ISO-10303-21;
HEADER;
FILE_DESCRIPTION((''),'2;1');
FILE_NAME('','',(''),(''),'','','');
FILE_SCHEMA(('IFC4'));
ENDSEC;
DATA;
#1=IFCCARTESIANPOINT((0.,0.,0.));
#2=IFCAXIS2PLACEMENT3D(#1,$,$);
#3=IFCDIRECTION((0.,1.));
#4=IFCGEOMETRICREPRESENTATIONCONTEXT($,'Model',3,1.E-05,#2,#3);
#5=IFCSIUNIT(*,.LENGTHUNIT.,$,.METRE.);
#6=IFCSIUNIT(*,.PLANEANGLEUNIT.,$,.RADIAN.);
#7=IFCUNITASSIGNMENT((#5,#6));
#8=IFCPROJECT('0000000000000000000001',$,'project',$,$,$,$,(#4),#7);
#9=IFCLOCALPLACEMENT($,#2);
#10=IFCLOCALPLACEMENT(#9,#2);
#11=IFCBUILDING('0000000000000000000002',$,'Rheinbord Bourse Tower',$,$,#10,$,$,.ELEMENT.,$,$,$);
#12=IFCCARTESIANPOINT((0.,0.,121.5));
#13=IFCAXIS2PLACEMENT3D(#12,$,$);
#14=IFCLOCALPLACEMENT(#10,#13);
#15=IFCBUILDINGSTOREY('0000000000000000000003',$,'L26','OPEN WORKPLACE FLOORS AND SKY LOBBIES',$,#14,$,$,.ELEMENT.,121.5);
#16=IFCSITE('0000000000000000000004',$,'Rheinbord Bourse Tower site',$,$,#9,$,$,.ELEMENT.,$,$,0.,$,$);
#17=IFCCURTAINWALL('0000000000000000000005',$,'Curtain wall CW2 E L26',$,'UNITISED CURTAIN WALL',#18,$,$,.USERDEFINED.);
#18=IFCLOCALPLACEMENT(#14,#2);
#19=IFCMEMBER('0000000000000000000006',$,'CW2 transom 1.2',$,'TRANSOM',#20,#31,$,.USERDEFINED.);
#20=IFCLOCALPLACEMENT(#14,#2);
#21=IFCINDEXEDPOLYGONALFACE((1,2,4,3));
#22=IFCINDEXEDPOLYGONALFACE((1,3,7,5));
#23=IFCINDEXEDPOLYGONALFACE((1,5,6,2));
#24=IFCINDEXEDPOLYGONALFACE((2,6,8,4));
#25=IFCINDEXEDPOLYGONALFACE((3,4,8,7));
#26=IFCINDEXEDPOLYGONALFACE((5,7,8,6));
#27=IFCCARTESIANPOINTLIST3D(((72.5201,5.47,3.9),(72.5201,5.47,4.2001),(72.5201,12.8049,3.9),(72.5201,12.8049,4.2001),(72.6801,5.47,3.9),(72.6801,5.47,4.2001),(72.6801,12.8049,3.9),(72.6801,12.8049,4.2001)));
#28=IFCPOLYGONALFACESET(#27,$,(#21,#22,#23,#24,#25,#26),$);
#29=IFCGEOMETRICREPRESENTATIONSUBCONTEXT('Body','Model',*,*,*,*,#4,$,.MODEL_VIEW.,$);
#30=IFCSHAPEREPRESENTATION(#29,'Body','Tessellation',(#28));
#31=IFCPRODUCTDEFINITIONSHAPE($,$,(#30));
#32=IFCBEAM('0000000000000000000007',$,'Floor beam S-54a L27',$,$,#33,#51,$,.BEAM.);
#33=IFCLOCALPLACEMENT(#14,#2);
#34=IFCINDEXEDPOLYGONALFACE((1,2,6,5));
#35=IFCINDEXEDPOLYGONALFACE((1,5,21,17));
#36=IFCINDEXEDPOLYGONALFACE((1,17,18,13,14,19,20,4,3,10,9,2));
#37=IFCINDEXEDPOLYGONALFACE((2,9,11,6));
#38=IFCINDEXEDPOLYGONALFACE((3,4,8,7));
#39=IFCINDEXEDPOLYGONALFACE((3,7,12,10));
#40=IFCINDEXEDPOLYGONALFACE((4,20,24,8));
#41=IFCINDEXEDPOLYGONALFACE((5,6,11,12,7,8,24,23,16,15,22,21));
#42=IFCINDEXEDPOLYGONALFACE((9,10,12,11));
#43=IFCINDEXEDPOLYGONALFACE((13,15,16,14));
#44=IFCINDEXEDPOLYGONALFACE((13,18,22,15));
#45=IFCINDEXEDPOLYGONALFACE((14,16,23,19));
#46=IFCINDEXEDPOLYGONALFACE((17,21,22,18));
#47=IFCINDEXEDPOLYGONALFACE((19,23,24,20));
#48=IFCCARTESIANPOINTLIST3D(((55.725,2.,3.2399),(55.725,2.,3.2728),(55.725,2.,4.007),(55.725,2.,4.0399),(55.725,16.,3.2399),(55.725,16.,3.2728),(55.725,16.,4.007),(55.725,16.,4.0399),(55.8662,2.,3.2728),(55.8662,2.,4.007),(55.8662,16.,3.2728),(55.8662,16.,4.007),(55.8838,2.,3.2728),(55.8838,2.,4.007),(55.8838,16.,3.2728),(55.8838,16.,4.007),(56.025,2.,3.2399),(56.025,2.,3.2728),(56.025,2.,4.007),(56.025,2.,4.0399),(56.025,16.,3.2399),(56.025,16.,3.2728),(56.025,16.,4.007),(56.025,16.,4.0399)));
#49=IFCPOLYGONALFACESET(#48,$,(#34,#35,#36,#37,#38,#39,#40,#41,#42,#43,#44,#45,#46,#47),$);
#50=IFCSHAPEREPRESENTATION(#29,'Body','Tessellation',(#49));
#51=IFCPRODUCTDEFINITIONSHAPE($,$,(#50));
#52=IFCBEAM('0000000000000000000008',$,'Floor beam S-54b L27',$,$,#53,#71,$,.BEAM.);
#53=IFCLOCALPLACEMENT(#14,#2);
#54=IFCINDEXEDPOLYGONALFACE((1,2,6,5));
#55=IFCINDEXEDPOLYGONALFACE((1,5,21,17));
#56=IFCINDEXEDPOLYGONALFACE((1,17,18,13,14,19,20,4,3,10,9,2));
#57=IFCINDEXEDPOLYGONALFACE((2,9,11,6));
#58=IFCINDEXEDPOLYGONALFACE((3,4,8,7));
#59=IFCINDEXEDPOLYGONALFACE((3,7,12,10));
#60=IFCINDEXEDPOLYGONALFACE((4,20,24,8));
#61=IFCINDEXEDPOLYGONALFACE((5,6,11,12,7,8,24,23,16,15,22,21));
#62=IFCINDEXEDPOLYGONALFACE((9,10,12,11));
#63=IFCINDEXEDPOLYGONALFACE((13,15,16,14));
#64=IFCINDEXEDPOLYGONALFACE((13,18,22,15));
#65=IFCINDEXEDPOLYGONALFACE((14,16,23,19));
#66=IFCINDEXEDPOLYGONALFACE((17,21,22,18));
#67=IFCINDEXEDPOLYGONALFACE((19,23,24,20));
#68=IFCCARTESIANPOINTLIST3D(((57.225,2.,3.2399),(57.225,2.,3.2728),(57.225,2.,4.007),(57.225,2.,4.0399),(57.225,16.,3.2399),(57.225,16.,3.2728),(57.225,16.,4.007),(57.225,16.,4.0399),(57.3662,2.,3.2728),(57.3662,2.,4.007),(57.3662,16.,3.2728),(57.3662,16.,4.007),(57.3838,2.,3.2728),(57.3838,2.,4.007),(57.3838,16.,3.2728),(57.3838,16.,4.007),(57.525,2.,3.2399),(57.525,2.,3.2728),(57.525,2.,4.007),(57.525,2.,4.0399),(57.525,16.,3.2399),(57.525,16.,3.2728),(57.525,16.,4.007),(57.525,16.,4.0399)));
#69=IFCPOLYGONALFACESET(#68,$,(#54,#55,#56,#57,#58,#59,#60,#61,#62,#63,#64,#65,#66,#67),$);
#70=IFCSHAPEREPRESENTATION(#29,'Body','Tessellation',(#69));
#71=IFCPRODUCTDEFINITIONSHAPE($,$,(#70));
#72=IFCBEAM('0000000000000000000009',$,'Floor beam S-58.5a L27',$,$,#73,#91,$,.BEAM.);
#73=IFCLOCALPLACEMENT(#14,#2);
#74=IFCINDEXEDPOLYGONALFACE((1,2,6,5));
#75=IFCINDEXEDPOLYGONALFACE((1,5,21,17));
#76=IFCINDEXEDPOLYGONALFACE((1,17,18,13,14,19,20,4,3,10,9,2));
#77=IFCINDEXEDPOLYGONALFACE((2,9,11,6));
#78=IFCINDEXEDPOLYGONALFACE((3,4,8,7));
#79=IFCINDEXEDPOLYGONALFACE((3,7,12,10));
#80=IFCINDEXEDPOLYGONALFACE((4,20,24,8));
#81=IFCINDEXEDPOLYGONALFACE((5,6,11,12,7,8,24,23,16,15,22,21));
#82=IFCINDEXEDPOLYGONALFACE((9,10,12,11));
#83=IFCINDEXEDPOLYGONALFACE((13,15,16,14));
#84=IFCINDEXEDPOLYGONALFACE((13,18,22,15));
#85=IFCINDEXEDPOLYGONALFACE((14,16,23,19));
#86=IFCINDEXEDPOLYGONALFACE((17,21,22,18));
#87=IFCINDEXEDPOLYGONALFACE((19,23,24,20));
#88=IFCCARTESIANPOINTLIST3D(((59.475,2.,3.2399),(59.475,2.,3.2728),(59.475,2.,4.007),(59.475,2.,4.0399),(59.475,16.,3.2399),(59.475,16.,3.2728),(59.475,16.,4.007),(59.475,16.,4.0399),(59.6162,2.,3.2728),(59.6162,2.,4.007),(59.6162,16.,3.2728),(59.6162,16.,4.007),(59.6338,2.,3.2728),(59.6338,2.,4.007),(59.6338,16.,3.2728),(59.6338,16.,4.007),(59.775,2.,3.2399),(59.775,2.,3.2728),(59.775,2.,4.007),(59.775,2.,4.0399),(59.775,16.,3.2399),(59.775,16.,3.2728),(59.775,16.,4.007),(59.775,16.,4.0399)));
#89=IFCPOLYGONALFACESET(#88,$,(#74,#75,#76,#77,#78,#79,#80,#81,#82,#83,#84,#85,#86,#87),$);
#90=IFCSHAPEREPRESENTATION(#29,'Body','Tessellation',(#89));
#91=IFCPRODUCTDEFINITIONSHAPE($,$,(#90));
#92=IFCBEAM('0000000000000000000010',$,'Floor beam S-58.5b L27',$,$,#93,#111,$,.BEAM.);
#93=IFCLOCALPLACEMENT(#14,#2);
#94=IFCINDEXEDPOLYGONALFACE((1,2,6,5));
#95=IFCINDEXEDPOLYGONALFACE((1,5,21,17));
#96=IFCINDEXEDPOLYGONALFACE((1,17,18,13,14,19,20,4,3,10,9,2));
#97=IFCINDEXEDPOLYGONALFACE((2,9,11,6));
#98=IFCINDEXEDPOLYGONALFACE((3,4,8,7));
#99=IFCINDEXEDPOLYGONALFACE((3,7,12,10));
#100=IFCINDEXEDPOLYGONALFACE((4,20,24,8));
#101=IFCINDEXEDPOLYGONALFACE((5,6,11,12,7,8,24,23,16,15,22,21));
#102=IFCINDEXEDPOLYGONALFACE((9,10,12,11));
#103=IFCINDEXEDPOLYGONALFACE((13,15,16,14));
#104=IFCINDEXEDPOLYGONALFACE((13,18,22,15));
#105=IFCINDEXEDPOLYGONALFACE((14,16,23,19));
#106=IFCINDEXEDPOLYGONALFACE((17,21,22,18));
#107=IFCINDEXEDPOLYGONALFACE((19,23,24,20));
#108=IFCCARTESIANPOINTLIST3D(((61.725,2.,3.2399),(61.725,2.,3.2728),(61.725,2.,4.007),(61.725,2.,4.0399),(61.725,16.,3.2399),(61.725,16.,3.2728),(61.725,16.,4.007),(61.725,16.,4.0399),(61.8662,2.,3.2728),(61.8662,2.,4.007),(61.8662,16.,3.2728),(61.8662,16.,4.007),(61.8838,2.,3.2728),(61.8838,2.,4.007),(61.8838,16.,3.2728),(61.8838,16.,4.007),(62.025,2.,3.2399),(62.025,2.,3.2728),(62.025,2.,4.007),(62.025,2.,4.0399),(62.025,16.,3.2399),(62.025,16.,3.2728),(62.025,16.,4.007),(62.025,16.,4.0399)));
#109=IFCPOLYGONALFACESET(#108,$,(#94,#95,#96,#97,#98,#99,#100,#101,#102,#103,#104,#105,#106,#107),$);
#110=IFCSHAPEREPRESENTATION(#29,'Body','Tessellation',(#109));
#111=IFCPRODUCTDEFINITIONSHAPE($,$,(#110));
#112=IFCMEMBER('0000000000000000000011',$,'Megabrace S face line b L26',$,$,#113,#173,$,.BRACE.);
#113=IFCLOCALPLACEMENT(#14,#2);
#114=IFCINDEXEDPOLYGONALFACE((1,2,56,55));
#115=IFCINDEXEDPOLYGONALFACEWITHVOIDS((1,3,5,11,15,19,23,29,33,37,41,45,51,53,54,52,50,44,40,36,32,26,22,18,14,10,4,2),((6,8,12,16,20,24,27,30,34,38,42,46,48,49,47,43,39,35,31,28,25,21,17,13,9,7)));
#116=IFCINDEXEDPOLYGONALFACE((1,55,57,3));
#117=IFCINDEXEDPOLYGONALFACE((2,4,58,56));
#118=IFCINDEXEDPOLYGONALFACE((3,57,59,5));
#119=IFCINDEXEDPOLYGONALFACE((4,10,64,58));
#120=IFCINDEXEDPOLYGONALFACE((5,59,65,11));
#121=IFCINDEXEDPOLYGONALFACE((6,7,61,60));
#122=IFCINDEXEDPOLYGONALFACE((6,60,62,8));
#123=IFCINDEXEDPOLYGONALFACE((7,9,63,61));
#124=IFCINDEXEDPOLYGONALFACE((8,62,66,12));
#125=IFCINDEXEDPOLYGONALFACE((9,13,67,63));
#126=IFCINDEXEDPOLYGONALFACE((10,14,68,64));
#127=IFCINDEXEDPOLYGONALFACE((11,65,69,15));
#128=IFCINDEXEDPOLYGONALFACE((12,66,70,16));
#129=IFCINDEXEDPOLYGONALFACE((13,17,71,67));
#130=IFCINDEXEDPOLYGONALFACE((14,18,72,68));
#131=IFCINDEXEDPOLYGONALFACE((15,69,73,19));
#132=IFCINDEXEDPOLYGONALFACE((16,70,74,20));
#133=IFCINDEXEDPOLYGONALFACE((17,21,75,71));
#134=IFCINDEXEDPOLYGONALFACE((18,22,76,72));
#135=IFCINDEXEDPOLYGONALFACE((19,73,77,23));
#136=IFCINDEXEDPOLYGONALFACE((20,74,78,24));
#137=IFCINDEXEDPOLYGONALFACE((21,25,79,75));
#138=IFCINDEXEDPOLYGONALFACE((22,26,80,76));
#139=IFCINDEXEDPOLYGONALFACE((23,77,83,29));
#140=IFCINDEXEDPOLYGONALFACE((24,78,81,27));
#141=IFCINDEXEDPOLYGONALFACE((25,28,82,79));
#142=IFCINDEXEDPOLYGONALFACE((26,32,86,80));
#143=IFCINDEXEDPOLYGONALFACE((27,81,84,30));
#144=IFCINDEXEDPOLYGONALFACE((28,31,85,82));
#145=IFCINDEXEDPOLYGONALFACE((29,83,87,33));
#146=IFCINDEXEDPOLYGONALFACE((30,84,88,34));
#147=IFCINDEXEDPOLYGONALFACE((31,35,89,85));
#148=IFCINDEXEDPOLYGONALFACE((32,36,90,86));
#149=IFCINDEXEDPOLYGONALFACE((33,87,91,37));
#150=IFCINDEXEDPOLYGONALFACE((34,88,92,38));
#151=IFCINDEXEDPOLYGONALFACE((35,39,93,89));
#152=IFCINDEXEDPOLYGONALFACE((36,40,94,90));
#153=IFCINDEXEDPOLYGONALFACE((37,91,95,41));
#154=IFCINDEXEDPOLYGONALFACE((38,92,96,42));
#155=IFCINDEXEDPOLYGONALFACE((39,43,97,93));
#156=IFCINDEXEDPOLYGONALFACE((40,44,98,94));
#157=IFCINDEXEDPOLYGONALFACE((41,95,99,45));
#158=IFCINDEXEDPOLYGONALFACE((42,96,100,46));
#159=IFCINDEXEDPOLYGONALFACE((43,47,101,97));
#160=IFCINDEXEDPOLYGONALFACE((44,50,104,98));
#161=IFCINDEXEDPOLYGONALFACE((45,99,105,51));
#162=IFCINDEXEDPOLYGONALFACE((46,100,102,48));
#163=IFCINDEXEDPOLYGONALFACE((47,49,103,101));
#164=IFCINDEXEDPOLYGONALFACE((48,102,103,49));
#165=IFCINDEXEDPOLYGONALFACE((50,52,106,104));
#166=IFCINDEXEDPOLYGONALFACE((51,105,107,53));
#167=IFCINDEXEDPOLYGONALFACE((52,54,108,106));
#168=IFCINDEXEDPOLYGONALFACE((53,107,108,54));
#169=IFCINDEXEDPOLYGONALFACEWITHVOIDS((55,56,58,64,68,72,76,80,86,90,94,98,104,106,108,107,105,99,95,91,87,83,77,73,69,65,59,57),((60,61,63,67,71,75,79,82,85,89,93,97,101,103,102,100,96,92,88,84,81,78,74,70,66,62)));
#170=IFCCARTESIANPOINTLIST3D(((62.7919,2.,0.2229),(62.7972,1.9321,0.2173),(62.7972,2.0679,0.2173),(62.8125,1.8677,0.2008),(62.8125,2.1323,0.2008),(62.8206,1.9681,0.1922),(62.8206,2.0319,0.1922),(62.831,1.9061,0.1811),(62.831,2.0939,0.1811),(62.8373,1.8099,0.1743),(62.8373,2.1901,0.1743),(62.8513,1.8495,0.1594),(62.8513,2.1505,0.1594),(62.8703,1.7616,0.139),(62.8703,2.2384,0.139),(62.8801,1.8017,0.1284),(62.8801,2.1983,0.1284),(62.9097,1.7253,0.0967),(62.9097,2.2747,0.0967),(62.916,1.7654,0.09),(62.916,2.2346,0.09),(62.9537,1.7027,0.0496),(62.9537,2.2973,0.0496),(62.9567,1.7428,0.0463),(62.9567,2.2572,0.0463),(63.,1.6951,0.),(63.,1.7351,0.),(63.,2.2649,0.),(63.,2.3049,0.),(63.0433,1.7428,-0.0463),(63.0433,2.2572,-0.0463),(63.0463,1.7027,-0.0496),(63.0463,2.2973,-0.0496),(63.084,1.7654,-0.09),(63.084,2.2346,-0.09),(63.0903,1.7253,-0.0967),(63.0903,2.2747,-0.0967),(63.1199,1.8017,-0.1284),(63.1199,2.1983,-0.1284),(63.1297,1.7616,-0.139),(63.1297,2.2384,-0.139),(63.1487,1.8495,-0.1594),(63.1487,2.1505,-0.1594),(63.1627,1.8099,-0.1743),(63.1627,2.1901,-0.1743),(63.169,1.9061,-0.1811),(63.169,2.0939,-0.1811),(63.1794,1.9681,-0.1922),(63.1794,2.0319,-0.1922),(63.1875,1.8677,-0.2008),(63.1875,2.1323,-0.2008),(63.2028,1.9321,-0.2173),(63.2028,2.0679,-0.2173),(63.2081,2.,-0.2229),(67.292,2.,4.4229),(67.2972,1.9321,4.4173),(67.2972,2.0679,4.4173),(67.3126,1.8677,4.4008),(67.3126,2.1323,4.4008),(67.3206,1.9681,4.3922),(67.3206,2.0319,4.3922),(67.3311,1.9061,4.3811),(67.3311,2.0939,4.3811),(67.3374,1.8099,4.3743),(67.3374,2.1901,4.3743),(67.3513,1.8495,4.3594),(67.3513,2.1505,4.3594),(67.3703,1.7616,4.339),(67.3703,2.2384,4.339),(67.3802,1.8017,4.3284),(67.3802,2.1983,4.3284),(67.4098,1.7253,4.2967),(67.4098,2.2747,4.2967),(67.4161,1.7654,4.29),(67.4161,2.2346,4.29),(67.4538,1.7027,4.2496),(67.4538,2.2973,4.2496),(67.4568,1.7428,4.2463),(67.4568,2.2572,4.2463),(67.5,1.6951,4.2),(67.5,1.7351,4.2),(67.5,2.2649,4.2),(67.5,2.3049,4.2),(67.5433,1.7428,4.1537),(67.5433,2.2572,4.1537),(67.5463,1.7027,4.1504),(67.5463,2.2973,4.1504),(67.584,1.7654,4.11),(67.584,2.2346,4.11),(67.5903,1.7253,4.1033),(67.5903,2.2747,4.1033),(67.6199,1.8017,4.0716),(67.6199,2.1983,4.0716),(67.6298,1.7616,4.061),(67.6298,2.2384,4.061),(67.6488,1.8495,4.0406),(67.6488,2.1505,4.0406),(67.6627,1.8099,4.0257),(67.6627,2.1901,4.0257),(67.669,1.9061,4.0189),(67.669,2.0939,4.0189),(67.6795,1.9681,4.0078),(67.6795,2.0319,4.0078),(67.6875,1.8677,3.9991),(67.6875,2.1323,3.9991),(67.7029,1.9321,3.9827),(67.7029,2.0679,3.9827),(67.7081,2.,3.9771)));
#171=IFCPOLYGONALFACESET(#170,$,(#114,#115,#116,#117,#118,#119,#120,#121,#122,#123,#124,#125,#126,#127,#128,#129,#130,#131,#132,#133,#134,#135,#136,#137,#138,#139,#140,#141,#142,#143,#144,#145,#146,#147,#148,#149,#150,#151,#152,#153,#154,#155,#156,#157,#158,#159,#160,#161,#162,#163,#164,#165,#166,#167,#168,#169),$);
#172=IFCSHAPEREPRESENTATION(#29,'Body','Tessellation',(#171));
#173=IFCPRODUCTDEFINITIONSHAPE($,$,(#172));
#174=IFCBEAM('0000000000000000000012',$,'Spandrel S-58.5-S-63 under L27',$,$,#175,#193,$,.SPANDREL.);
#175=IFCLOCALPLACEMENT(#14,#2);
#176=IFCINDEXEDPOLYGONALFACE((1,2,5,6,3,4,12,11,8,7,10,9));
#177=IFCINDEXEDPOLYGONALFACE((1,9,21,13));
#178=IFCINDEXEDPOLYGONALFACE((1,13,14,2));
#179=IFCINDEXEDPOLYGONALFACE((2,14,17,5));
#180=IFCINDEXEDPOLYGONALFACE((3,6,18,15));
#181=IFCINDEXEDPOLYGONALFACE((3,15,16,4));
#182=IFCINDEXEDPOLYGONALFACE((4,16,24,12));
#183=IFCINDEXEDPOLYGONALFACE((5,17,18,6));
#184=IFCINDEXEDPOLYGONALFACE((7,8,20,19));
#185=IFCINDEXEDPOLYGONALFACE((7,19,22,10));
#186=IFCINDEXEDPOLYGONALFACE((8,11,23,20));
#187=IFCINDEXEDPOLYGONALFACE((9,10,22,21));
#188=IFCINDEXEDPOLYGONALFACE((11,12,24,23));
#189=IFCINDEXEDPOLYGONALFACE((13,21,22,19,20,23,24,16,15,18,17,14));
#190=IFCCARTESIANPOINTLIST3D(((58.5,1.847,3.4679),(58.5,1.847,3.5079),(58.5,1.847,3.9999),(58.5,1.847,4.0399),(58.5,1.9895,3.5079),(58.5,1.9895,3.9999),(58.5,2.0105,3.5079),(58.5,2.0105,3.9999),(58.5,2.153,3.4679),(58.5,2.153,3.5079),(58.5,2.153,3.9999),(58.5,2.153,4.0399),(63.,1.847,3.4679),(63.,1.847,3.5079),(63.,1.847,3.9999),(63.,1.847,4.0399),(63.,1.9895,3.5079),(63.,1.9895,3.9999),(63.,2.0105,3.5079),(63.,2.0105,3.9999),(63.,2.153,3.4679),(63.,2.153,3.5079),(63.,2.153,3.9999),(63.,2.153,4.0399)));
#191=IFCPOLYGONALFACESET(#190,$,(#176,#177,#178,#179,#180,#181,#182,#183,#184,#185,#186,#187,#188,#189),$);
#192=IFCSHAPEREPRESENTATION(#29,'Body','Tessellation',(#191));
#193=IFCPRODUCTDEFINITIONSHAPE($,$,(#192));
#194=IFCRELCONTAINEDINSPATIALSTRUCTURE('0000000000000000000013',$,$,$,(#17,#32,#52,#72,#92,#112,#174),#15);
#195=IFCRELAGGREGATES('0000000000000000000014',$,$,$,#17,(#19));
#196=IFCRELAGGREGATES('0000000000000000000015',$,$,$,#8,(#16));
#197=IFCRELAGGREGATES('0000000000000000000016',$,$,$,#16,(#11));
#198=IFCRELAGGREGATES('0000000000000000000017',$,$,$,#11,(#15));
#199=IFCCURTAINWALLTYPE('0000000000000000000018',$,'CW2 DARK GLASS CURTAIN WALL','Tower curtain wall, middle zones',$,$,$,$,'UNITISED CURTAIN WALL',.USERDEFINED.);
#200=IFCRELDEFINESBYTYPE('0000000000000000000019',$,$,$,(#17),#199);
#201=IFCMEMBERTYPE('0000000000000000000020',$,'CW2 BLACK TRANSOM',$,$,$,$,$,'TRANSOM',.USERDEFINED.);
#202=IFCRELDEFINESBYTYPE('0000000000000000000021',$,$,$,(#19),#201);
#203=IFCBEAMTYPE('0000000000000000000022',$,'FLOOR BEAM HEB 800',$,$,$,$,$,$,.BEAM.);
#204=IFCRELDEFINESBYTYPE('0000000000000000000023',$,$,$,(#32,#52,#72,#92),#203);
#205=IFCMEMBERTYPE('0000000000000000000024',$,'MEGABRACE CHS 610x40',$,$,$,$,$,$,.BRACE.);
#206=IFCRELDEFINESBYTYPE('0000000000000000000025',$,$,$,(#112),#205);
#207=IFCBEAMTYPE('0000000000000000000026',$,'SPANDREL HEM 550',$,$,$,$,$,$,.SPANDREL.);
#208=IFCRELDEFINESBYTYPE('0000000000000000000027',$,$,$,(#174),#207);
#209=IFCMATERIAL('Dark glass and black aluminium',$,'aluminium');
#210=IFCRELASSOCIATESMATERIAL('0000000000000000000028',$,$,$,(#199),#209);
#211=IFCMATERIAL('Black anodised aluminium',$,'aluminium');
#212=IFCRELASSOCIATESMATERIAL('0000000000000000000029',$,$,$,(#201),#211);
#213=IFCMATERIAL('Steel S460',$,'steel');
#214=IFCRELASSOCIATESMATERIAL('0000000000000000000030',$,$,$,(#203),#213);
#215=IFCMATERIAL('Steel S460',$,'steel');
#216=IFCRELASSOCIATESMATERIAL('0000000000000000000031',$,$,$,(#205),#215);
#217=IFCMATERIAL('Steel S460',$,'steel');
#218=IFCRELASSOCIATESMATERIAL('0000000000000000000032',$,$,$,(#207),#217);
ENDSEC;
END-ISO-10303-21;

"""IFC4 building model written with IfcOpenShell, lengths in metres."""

from ifc_helpers import new_model, si_unit, direction, frame, origin, origin_2d, place, context, subcontext, project, spatial, rectangle, hollow_circle, i_section, extrude, material, material_profile, profile_set, type_object, element, aggregate, save


model = new_model("IFC4")

# Units and contexts
model_context = context("Model", 3, precision=1e-05, world=origin(), true_north=direction((0.0, 1.0)))
body_context = subcontext(model_context, "Body", "Model", "MODEL_VIEW")
ifc_project = project(units=[si_unit("LENGTHUNIT", "METRE"), si_unit("PLANEANGLEUNIT", "RADIAN")], contexts=[model_context])

# Site, building, storey
site_placement = place(None, origin())
site = spatial("IfcSite", under=ifc_project, at=site_placement, Name="Rheinbord Bourse Tower site", CompositionType="ELEMENT", RefElevation=0.0)
building_placement = place(site_placement, origin())
building = spatial("IfcBuilding", under=site, at=building_placement, Name="Rheinbord Bourse Tower", CompositionType="ELEMENT")
storey_placement = place(building_placement, frame((0.0, 0.0, 121.5)))
storey = spatial("IfcBuildingStorey", under=building, at=storey_placement, Name="L26", Description="OPEN WORKPLACE FLOORS AND SKY LOBBIES", CompositionType="ELEMENT", Elevation=121.5)

# Shared definitions
ifc_material_1 = material(Name="Dark glass and black aluminium", Category="aluminium")
curtain_wall_type = type_object("IfcCurtainWallType", Name="CW2 DARK GLASS CURTAIN WALL", Description="Tower curtain wall, middle zones", ElementType="UNITISED CURTAIN WALL", PredefinedType="USERDEFINED", material=ifc_material_1)

# Curtain wall
curtain_wall_1_placement = place(storey_placement, origin())
curtain_wall_1 = element("IfcCurtainWall", 1, at=curtain_wall_1_placement, inside=storey, type_object=curtain_wall_type, Name="Curtain wall CW2 E L26", ObjectType="UNITISED CURTAIN WALL", PredefinedType="USERDEFINED")

# Member
ifc_material_2 = material(Name="Black anodised aluminium", Category="aluminium")
ifc_material_profile_1 = material_profile(ifc_material_2, rectangle(XDim=0.1599, YDim=0.3, at=origin_2d()), Name="CW2 TRANSOM 300x160")
ifc_profile_set_1 = profile_set([ifc_material_profile_1], Name="Black anodised aluminium")
member_type_1 = type_object("IfcMemberType", Name="CW2 BLACK TRANSOM", ElementType="TRANSOM", PredefinedType="USERDEFINED", material=ifc_profile_set_1)
member_1_placement = place(storey_placement, frame((72.6001, 5.47, 4.05), z_axis=(0.0, 1.0, 0.0), x_axis=(-1.0, 0.0, 0.0)))
member_1 = element("IfcMember", 2, at=member_1_placement, type_object=member_type_1, Name="CW2 transom 1.2", ObjectType="TRANSOM", PredefinedType="USERDEFINED", context=body_context, shape_type="SweptSolid", body=[
    extrude(rectangle(XDim=0.1599, YDim=0.3, at=origin_2d()), origin(), (0.0, 0.0, 1.0), 7.335),
])

# Beams
ifc_material_3 = material(Name="Steel S460", Category="steel")
ifc_material_profile_2 = material_profile(ifc_material_3, i_section(OverallWidth=0.3, OverallDepth=0.8, WebThickness=0.0176, FlangeThickness=0.033, at=origin_2d()), Name="HEB 800")
ifc_profile_set_2 = profile_set([ifc_material_profile_2], Name="Steel S460")
beam_type_1 = type_object("IfcBeamType", Name="FLOOR BEAM HEB 800", PredefinedType="BEAM", material=ifc_profile_set_2)
for number, where, z_axis, x_axis, name in (
    (3, (55.875, 2.0, 3.6399), (0.0, 1.0, 0.0), (-1.0, 0.0, 0.0), "Floor beam S-54a L27"),
    (4, (57.375, 2.0, 3.6399), (0.0, 1.0, 0.0), (-1.0, 0.0, 0.0), "Floor beam S-54b L27"),
    (5, (59.625, 2.0, 3.6399), (0.0, 1.0, 0.0), (-1.0, 0.0, 0.0), "Floor beam S-58.5a L27"),
    (6, (61.875, 2.0, 3.6399), (0.0, 1.0, 0.0), (-1.0, 0.0, 0.0), "Floor beam S-58.5b L27"),
):
    element("IfcBeam", number, at=place(storey_placement, frame(where, z_axis=z_axis, x_axis=x_axis)), inside=storey, type_object=beam_type_1, Name=name, PredefinedType="BEAM", context=body_context, shape_type="SweptSolid", body=[
        extrude(i_section(OverallWidth=0.3, OverallDepth=0.8, WebThickness=0.0176, FlangeThickness=0.033, at=origin_2d()), origin(), (0.0, 0.0, 1.0), 14.0),
    ])

# Member
ifc_material_4 = material(Name="Steel S460", Category="steel")
ifc_material_profile_3 = material_profile(ifc_material_4, hollow_circle(Radius=0.3049, WallThickness=0.04, at=origin_2d()), Name="CHS 610x40")
ifc_profile_set_3 = profile_set([ifc_material_profile_3], Name="Steel S460")
member_type_2 = type_object("IfcMemberType", Name="MEGABRACE CHS 610x40", PredefinedType="BRACE", material=ifc_profile_set_3)
member_2_placement = place(storey_placement, frame((63.0, 2.0, 0.0), z_axis=(0.731059, 0.0, 0.682314), x_axis=(0.0, 1.0, 0.0)))
element("IfcMember", 7, at=member_2_placement, inside=storey, type_object=member_type_2, Name="Megabrace S face line b L26", PredefinedType="BRACE", context=body_context, shape_type="SweptSolid", body=[
    extrude(hollow_circle(Radius=0.3049, WallThickness=0.04, at=origin_2d()), origin(), (0.0, 0.0, 1.0), 6.1555),
])

# Beam
ifc_material_5 = material(Name="Steel S460", Category="steel")
ifc_material_profile_4 = material_profile(ifc_material_5, i_section(OverallWidth=0.3059, OverallDepth=0.572, WebThickness=0.021, FlangeThickness=0.04, at=origin_2d()), Name="HEM 550")
ifc_profile_set_4 = profile_set([ifc_material_profile_4], Name="Steel S460")
beam_type_2 = type_object("IfcBeamType", Name="SPANDREL HEM 550", PredefinedType="SPANDREL", material=ifc_profile_set_4)
for number, where, z_axis, x_axis, name in (
    (8, (58.5, 2.0, 3.7539), (1.0, 0.0, 0.0), (0.0, 1.0, 0.0), "Spandrel S-58.5-S-63 under L27"),
):
    element("IfcBeam", number, at=place(storey_placement, frame(where, z_axis=z_axis, x_axis=x_axis)), inside=storey, type_object=beam_type_2, Name=name, PredefinedType="SPANDREL", context=body_context, shape_type="SweptSolid", body=[
        extrude(i_section(OverallWidth=0.3059, OverallDepth=0.572, WebThickness=0.021, FlangeThickness=0.04, at=origin_2d()), origin(), (0.0, 0.0, 1.0), 4.5),
    ])

aggregate(curtain_wall_1, [member_1])

save(model, "model.ifc")
